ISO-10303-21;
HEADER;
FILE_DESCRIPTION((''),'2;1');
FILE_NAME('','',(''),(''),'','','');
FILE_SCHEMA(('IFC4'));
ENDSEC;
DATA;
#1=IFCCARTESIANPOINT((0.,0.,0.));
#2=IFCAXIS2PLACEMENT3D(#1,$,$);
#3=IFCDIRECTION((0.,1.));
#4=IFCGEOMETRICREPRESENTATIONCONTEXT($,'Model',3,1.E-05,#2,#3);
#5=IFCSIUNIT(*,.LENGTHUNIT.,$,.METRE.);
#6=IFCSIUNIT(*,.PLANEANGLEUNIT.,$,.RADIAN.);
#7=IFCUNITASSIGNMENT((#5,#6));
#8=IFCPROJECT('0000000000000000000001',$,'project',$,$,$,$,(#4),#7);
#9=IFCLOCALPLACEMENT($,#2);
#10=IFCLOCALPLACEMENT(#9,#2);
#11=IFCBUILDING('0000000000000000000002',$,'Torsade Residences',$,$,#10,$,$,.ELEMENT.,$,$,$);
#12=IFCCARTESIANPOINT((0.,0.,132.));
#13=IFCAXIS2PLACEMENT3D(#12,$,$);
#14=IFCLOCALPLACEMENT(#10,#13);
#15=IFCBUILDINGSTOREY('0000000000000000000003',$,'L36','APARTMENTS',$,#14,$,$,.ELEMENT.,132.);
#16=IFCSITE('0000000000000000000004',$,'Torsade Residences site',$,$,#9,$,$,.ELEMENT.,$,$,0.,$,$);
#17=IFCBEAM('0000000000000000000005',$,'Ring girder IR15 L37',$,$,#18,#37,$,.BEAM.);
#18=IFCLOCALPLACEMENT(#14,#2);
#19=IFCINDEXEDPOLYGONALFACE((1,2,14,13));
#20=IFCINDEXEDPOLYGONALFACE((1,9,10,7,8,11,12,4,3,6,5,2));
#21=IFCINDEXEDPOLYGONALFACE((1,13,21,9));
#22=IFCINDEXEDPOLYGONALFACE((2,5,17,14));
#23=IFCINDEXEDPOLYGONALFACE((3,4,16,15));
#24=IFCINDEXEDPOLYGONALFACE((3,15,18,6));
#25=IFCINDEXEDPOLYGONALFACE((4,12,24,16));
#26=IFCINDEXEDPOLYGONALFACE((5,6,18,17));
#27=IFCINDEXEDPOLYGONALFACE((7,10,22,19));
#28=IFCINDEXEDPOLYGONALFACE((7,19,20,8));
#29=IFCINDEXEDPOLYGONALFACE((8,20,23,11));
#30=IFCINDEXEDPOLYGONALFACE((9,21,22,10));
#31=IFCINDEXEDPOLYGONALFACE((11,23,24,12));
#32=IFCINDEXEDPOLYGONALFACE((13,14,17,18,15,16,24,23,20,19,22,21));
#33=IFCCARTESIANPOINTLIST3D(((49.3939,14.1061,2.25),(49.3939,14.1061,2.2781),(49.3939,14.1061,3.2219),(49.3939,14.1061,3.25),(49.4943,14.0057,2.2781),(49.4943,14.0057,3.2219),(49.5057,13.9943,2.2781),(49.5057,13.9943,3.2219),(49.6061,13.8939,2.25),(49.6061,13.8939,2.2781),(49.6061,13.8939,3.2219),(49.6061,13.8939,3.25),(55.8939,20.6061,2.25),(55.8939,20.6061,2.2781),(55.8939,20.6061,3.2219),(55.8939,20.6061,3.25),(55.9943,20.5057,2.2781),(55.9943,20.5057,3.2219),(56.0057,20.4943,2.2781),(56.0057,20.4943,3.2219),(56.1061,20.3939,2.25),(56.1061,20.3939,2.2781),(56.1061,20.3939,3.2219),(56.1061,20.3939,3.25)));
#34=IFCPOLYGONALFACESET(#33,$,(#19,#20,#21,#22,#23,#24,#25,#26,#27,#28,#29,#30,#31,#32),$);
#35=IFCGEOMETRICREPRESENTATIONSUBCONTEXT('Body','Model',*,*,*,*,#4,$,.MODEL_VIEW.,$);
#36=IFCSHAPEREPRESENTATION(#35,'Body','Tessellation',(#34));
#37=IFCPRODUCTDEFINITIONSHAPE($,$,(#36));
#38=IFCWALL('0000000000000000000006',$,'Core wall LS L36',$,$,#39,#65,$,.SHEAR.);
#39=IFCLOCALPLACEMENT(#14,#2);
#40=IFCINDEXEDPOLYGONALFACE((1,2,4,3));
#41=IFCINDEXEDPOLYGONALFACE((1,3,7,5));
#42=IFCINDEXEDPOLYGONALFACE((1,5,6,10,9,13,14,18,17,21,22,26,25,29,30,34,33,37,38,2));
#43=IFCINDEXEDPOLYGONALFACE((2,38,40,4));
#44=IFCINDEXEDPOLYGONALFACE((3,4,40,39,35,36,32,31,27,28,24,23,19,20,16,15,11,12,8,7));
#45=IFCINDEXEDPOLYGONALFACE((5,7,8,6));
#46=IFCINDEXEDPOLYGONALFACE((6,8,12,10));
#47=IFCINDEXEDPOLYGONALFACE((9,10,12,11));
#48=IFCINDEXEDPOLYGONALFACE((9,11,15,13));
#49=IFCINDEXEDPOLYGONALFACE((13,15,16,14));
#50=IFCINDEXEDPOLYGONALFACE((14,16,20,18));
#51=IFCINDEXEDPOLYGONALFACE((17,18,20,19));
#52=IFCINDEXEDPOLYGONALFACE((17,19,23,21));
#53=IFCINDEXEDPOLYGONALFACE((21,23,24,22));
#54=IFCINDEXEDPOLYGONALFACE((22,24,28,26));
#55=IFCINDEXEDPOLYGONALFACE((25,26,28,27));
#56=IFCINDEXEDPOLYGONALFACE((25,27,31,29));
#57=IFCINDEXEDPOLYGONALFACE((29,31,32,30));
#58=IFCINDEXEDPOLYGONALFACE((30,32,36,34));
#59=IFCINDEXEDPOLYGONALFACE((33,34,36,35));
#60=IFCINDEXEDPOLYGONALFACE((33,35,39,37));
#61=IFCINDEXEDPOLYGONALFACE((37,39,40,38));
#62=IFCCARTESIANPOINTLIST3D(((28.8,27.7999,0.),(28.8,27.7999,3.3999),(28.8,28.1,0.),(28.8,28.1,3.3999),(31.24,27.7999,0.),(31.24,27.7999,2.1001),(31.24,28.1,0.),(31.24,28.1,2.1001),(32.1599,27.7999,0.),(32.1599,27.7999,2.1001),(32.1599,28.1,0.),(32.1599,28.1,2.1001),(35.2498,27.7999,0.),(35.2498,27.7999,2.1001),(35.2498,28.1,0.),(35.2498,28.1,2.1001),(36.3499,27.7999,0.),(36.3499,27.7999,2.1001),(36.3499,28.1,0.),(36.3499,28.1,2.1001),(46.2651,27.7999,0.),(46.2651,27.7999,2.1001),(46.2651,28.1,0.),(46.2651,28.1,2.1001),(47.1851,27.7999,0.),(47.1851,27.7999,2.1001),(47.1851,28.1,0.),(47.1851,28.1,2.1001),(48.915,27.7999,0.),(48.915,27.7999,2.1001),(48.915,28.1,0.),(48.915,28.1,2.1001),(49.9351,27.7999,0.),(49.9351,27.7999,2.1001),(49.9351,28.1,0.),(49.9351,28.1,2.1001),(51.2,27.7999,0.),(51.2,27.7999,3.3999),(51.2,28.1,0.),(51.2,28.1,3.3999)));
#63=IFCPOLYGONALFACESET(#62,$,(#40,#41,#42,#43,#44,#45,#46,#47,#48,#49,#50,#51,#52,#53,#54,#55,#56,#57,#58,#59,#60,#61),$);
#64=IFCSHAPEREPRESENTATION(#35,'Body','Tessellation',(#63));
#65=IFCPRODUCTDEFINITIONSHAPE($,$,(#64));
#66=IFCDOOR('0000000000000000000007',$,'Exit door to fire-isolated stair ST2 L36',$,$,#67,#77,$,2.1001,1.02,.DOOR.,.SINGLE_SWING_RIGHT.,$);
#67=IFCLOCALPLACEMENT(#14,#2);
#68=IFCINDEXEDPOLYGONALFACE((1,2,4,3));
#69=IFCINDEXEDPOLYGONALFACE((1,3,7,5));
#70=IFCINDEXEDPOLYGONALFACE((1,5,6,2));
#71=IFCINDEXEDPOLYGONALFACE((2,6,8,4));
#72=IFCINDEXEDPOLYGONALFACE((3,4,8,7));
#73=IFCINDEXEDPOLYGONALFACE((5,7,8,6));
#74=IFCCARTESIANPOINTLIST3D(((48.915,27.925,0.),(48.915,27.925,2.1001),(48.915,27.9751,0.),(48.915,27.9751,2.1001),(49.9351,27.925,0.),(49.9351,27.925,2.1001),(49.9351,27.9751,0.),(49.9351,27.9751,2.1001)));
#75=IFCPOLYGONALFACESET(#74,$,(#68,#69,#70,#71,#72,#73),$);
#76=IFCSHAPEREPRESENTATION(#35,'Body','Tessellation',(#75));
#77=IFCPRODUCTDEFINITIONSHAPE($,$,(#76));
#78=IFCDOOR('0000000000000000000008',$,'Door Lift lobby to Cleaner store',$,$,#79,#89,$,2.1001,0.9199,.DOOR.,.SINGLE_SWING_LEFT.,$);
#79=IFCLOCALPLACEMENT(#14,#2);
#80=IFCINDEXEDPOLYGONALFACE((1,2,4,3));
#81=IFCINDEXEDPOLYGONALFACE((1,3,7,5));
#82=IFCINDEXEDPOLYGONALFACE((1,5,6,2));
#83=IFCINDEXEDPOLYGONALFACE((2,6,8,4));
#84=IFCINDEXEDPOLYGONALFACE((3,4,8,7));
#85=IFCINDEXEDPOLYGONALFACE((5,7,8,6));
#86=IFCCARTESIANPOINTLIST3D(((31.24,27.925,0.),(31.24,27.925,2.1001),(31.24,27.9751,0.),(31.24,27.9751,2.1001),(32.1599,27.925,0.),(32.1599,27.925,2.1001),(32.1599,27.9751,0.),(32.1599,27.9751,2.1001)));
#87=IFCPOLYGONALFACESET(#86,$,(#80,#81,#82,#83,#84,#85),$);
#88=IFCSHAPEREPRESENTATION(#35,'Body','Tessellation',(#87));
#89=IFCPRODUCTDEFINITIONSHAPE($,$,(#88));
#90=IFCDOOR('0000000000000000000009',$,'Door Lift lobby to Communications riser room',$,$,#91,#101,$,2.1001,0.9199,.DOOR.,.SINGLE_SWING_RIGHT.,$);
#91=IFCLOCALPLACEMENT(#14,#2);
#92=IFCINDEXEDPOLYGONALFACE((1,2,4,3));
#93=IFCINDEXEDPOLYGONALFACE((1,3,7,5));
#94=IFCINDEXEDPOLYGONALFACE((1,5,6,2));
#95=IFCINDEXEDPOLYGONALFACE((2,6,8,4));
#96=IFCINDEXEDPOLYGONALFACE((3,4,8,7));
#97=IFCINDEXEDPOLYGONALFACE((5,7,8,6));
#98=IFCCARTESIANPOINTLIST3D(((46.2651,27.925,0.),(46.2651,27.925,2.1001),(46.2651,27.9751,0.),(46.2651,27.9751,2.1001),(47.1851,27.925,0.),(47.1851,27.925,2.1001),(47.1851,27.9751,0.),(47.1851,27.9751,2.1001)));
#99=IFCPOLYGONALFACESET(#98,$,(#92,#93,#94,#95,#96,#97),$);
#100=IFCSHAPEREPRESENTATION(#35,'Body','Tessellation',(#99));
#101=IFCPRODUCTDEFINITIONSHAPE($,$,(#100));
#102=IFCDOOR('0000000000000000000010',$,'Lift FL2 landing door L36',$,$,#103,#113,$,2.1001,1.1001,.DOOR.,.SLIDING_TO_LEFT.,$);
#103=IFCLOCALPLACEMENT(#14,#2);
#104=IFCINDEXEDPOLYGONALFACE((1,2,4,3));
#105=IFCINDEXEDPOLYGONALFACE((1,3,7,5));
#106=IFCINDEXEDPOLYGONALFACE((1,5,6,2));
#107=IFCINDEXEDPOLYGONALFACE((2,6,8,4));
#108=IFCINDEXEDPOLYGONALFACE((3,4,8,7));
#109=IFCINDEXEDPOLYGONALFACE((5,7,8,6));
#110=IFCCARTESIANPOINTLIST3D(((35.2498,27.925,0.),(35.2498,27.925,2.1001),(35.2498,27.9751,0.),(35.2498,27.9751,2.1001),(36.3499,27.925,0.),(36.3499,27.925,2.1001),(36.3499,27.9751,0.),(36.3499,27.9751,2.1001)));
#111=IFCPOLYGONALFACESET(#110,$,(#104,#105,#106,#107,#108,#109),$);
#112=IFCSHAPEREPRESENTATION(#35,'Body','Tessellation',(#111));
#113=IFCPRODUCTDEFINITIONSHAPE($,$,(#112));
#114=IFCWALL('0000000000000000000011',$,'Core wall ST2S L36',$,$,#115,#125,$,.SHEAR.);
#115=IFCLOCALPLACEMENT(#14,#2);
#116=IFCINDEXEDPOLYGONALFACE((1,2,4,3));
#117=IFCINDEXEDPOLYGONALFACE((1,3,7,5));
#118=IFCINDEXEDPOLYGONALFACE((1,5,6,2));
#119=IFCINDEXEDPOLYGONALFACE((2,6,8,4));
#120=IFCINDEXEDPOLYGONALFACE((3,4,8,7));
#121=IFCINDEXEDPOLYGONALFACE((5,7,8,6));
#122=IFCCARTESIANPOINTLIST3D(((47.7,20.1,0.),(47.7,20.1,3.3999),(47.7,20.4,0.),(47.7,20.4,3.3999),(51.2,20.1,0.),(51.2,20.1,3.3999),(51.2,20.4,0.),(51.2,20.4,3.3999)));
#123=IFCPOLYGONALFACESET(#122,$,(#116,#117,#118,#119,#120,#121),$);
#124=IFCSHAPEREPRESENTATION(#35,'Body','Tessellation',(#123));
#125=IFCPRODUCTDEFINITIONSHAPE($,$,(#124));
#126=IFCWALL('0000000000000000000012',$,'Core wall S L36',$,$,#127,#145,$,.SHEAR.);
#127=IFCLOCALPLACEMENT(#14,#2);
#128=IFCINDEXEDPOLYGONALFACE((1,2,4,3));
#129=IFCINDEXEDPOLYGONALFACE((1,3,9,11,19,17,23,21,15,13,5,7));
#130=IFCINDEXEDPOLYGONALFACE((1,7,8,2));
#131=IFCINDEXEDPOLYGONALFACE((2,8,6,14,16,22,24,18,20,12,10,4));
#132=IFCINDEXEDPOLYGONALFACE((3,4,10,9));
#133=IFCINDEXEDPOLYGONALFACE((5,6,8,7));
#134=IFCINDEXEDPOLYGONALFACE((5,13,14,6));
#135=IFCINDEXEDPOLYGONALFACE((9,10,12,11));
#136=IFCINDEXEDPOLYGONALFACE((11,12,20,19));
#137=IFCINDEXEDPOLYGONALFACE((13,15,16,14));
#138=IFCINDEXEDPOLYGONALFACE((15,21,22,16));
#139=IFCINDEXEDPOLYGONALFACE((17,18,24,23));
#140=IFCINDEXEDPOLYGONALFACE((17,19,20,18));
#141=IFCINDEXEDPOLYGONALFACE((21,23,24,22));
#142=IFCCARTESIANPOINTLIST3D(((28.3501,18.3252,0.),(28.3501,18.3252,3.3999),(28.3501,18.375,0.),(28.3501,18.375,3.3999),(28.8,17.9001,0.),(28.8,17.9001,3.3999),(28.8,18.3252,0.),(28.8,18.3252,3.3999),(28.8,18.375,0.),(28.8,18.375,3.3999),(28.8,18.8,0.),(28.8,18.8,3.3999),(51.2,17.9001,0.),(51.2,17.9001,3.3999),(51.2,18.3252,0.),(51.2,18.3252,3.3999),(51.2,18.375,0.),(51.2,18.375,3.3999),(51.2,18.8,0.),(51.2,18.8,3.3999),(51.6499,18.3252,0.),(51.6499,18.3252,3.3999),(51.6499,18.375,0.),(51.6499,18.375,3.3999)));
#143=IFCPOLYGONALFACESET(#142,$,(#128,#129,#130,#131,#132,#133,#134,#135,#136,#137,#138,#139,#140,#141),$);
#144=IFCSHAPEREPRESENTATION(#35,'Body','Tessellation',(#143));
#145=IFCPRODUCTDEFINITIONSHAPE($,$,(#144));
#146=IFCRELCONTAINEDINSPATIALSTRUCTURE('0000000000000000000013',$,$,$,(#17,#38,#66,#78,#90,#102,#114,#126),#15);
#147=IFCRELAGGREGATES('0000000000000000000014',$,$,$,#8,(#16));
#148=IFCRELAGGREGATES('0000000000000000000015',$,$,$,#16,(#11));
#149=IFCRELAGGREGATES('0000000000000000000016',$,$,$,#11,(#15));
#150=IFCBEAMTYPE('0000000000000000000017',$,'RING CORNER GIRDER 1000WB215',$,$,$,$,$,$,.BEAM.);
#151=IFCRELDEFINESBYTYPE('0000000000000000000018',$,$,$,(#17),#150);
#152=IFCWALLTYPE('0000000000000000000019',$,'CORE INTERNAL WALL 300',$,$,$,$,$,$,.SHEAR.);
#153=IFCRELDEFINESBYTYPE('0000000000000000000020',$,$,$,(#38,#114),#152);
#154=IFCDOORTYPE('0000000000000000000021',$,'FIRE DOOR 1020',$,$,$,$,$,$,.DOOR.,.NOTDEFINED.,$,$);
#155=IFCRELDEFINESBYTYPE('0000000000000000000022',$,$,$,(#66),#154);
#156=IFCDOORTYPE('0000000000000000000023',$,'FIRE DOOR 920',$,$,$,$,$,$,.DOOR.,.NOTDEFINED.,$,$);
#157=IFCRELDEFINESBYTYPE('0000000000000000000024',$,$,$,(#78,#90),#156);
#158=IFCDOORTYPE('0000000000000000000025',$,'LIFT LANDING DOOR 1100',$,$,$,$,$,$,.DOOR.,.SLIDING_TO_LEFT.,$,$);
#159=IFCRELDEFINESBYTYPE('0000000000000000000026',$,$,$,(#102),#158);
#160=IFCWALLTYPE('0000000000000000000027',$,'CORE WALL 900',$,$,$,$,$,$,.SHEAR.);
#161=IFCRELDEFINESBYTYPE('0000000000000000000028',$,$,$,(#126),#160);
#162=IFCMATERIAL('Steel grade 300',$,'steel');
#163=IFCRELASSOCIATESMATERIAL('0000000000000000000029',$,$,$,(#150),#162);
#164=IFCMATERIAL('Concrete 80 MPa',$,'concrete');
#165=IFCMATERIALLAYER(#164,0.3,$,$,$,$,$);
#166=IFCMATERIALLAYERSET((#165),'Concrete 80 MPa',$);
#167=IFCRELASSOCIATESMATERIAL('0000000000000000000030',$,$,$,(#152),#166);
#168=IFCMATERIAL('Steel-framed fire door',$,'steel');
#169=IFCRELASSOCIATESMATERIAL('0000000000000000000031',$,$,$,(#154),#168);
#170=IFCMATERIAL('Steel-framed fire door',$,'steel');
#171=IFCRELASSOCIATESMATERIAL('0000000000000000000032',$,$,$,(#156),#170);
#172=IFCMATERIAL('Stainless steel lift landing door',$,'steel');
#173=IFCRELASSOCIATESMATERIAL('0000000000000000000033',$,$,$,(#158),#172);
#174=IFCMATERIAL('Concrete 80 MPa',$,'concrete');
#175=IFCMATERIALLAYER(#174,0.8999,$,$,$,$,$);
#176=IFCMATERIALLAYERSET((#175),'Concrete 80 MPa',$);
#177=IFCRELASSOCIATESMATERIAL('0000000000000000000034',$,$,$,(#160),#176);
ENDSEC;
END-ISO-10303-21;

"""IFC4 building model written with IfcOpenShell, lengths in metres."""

from ifc_helpers import new_model, si_unit, direction, frame, frame_2d, origin, origin_2d, place, context, subcontext, project, spatial, polyline, rectangle, i_section, outline, extrude, material, layer, layer_set, material_profile, profile_set, type_object, element, fill, save


model = new_model("IFC4")

# Units and contexts
model_context = context("Model", 3, precision=1e-05, world=origin(), true_north=direction((0.0, 1.0)))
body_context = subcontext(model_context, "Body", "Model", "MODEL_VIEW")
ifc_project = project(units=[si_unit("LENGTHUNIT", "METRE"), si_unit("PLANEANGLEUNIT", "RADIAN")], contexts=[model_context])

# Site, building, storey
site_placement = place(None, origin())
site = spatial("IfcSite", under=ifc_project, at=site_placement, Name="Torsade Residences site", CompositionType="ELEMENT", RefElevation=0.0)
building_placement = place(site_placement, origin())
building = spatial("IfcBuilding", under=site, at=building_placement, Name="Torsade Residences", CompositionType="ELEMENT")
storey_placement = place(building_placement, frame((0.0, 0.0, 132.0)))
storey = spatial("IfcBuildingStorey", under=building, at=storey_placement, Name="L36", Description="APARTMENTS", CompositionType="ELEMENT", Elevation=132.0)

# Beam
ifc_material_1 = material(Name="Steel grade 300", Category="steel")
ifc_material_profile_1 = material_profile(ifc_material_1, i_section(OverallWidth=0.3, OverallDepth=1.0, WebThickness=0.0161, FlangeThickness=0.0281, at=origin_2d()), Name="1000WB215")
ifc_profile_set_1 = profile_set([ifc_material_profile_1], Name="Steel grade 300")
beam_type_1 = type_object("IfcBeamType", Name="RING CORNER GIRDER 1000WB215", PredefinedType="BEAM", material=ifc_profile_set_1)
beam_1_placement = place(storey_placement, frame((49.5, 14.0, 2.75), z_axis=(0.707107, 0.707107, 0.0), x_axis=(-0.707107, 0.707107, 0.0)))
element("IfcBeam", 1, at=beam_1_placement, inside=storey, type_object=beam_type_1, Name="Ring girder IR15 L37", PredefinedType="BEAM", context=body_context, shape_type="SweptSolid", body=[
    extrude(i_section(OverallWidth=0.3, OverallDepth=1.0, WebThickness=0.0161, FlangeThickness=0.0281, at=origin_2d()), origin(), (0.0, 0.0, 1.0), 9.1924),
])

# Wall, openings, doors
ifc_material_2 = material(Name="Concrete 80 MPa", Category="concrete")
ifc_layer_1 = layer(ifc_material_2, 0.3)
ifc_layer_set_1 = layer_set([ifc_layer_1], Name="Concrete 80 MPa")
wall_type_1 = type_object("IfcWallType", Name="CORE INTERNAL WALL 300", PredefinedType="SHEAR", material=ifc_layer_set_1)
wall_1_placement = place(storey_placement, frame((51.2, 27.95, 0.0), z_axis=(0.0, 0.0, 1.0), x_axis=(-1.0, 0.0, 0.0)))
wall_1 = element("IfcWall", 2, at=wall_1_placement, inside=storey, type_object=wall_type_1, Name="Core wall LS L36", PredefinedType="SHEAR", context=body_context, shape_type="SweptSolid", body=[
    extrude(rectangle(XDim=22.3999, YDim=0.3, at=frame_2d((11.2, 0.0))), origin(), (0.0, 0.0, 1.0), 3.3999),
])
opening_1_placement = place(wall_1_placement, frame((19.04, 0.0, 0.0)))
opening_1 = element("IfcOpeningElement", 3, at=opening_1_placement, cuts=wall_1, PredefinedType="OPENING", context=body_context, shape_type="SweptSolid", body=[
    extrude(rectangle(XDim=0.9199, YDim=2.1001, at=frame_2d((0.46, 1.05))), frame((0.0, 0.1599, 0.0), z_axis=(0.0, -1.0, 0.0), x_axis=(1.0, 0.0, 0.0)), (0.0, 0.0, 1.0), 0.3201),
])
opening_2_placement = place(wall_1_placement, frame((1.2649, 0.0, 0.0)))
opening_2 = element("IfcOpeningElement", 4, at=opening_2_placement, cuts=wall_1, PredefinedType="OPENING", context=body_context, shape_type="SweptSolid", body=[
    extrude(rectangle(XDim=1.02, YDim=2.1001, at=frame_2d((0.51, 1.05))), frame((0.0, 0.1599, 0.0), z_axis=(0.0, -1.0, 0.0), x_axis=(1.0, 0.0, 0.0)), (0.0, 0.0, 1.0), 0.3201),
])
opening_3_placement = place(wall_1_placement, frame((4.0149, 0.0, 0.0)))
opening_3 = element("IfcOpeningElement", 5, at=opening_3_placement, cuts=wall_1, PredefinedType="OPENING", context=body_context, shape_type="SweptSolid", body=[
    extrude(rectangle(XDim=0.9199, YDim=2.1001, at=frame_2d((0.46, 1.05))), frame((0.0, 0.1599, 0.0), z_axis=(0.0, -1.0, 0.0), x_axis=(1.0, 0.0, 0.0)), (0.0, 0.0, 1.0), 0.3201),
])
opening_4_placement = place(wall_1_placement, frame((14.8501, 0.0, 0.0)))
opening_4 = element("IfcOpeningElement", 6, at=opening_4_placement, cuts=wall_1, PredefinedType="OPENING", context=body_context, shape_type="SweptSolid", body=[
    extrude(rectangle(XDim=1.1001, YDim=2.1001, at=frame_2d((0.55, 1.05))), frame((0.0, 0.1599, 0.0), z_axis=(0.0, -1.0, 0.0), x_axis=(1.0, 0.0, 0.0)), (0.0, 0.0, 1.0), 0.3201),
])
ifc_material_3 = material(Name="Steel-framed fire door", Category="steel")
door_type_1 = type_object("IfcDoorType", Name="FIRE DOOR 1020", OperationType="NOTDEFINED", PredefinedType="DOOR", material=ifc_material_3)
door_1_placement = place(opening_2_placement, origin())
door_1 = element("IfcDoor", 7, at=door_1_placement, inside=storey, type_object=door_type_1, Name="Exit door to fire-isolated stair ST2 L36", OperationType="SINGLE_SWING_RIGHT", OverallHeight=2.1001, OverallWidth=1.02, PredefinedType="DOOR", context=body_context, shape_type="SweptSolid", body=[
    extrude(rectangle(XDim=1.02, YDim=2.1001, at=frame_2d((0.51, 1.05))), frame((0.0, 0.0249, 0.0), z_axis=(0.0, -1.0, 0.0), x_axis=(1.0, 0.0, 0.0)), (0.0, 0.0, 1.0), 0.05),
])
fill(opening_2, door_1)
ifc_material_4 = material(Name="Steel-framed fire door", Category="steel")
door_type_2 = type_object("IfcDoorType", Name="FIRE DOOR 920", OperationType="NOTDEFINED", PredefinedType="DOOR", material=ifc_material_4)
door_2_placement = place(opening_1_placement, origin())
door_2 = element("IfcDoor", 8, at=door_2_placement, inside=storey, type_object=door_type_2, Name="Door Lift lobby to Cleaner store", OperationType="SINGLE_SWING_LEFT", OverallHeight=2.1001, OverallWidth=0.9199, PredefinedType="DOOR", context=body_context, shape_type="SweptSolid", body=[
    extrude(rectangle(XDim=0.9199, YDim=2.1001, at=frame_2d((0.46, 1.05))), frame((0.0, 0.0249, 0.0), z_axis=(0.0, -1.0, 0.0), x_axis=(1.0, 0.0, 0.0)), (0.0, 0.0, 1.0), 0.05),
])
fill(opening_1, door_2)
door_3_placement = place(opening_3_placement, origin())
door_3 = element("IfcDoor", 9, at=door_3_placement, inside=storey, type_object=door_type_2, Name="Door Lift lobby to Communications riser room", OperationType="SINGLE_SWING_RIGHT", OverallHeight=2.1001, OverallWidth=0.9199, PredefinedType="DOOR", context=body_context, shape_type="SweptSolid", body=[
    extrude(rectangle(XDim=0.9199, YDim=2.1001, at=frame_2d((0.46, 1.05))), frame((0.0, 0.0249, 0.0), z_axis=(0.0, -1.0, 0.0), x_axis=(1.0, 0.0, 0.0)), (0.0, 0.0, 1.0), 0.05),
])
fill(opening_3, door_3)
ifc_material_5 = material(Name="Stainless steel lift landing door", Category="steel")
door_type_3 = type_object("IfcDoorType", Name="LIFT LANDING DOOR 1100", OperationType="SLIDING_TO_LEFT", PredefinedType="DOOR", material=ifc_material_5)
door_4_placement = place(opening_4_placement, origin())
door_4 = element("IfcDoor", 10, at=door_4_placement, inside=storey, type_object=door_type_3, Name="Lift FL2 landing door L36", OperationType="SLIDING_TO_LEFT", OverallHeight=2.1001, OverallWidth=1.1001, PredefinedType="DOOR", context=body_context, shape_type="SweptSolid", body=[
    extrude(rectangle(XDim=1.1001, YDim=2.1001, at=frame_2d((0.55, 1.05))), frame((0.0, 0.0249, 0.0), z_axis=(0.0, -1.0, 0.0), x_axis=(1.0, 0.0, 0.0)), (0.0, 0.0, 1.0), 0.05),
])
fill(opening_4, door_4)

# Walls
wall_2_placement = place(storey_placement, frame((51.2, 20.25, 0.0), z_axis=(0.0, 0.0, 1.0), x_axis=(-1.0, 0.0, 0.0)))
element("IfcWall", 11, at=wall_2_placement, inside=storey, type_object=wall_type_1, Name="Core wall ST2S L36", PredefinedType="SHEAR", context=body_context, shape_type="SweptSolid", body=[
    extrude(rectangle(XDim=3.5, YDim=0.3, at=frame_2d((1.75, 0.0))), origin(), (0.0, 0.0, 1.0), 3.3999),
])
ifc_material_6 = material(Name="Concrete 80 MPa", Category="concrete")
ifc_layer_2 = layer(ifc_material_6, 0.8999)
ifc_layer_set_2 = layer_set([ifc_layer_2], Name="Concrete 80 MPa")
wall_type_2 = type_object("IfcWallType", Name="CORE WALL 900", PredefinedType="SHEAR", material=ifc_layer_set_2)
wall_3_placement = place(storey_placement, frame((51.2, 18.3501, 0.0), z_axis=(0.0, 0.0, 1.0), x_axis=(-1.0, 0.0, 0.0)))
element("IfcWall", 12, at=wall_3_placement, inside=storey, type_object=wall_type_2, Name="Core wall S L36", PredefinedType="SHEAR", context=body_context, shape_type="SweptSolid", body=[
    extrude(outline(polyline([(0.0, -0.45), (22.3999, -0.45), (22.3999, -0.0249), (22.8499, -0.0249), (22.8499, 0.0249), (22.3999, 0.0249), (22.3999, 0.45), (0.0, 0.45), (0.0, 0.0249), (-0.45, 0.0249), (-0.45, -0.0249), (0.0, -0.0249), (0.0, -0.45)])), origin(), (0.0, 0.0, 1.0), 3.3999),
])

save(model, "model.ifc")
